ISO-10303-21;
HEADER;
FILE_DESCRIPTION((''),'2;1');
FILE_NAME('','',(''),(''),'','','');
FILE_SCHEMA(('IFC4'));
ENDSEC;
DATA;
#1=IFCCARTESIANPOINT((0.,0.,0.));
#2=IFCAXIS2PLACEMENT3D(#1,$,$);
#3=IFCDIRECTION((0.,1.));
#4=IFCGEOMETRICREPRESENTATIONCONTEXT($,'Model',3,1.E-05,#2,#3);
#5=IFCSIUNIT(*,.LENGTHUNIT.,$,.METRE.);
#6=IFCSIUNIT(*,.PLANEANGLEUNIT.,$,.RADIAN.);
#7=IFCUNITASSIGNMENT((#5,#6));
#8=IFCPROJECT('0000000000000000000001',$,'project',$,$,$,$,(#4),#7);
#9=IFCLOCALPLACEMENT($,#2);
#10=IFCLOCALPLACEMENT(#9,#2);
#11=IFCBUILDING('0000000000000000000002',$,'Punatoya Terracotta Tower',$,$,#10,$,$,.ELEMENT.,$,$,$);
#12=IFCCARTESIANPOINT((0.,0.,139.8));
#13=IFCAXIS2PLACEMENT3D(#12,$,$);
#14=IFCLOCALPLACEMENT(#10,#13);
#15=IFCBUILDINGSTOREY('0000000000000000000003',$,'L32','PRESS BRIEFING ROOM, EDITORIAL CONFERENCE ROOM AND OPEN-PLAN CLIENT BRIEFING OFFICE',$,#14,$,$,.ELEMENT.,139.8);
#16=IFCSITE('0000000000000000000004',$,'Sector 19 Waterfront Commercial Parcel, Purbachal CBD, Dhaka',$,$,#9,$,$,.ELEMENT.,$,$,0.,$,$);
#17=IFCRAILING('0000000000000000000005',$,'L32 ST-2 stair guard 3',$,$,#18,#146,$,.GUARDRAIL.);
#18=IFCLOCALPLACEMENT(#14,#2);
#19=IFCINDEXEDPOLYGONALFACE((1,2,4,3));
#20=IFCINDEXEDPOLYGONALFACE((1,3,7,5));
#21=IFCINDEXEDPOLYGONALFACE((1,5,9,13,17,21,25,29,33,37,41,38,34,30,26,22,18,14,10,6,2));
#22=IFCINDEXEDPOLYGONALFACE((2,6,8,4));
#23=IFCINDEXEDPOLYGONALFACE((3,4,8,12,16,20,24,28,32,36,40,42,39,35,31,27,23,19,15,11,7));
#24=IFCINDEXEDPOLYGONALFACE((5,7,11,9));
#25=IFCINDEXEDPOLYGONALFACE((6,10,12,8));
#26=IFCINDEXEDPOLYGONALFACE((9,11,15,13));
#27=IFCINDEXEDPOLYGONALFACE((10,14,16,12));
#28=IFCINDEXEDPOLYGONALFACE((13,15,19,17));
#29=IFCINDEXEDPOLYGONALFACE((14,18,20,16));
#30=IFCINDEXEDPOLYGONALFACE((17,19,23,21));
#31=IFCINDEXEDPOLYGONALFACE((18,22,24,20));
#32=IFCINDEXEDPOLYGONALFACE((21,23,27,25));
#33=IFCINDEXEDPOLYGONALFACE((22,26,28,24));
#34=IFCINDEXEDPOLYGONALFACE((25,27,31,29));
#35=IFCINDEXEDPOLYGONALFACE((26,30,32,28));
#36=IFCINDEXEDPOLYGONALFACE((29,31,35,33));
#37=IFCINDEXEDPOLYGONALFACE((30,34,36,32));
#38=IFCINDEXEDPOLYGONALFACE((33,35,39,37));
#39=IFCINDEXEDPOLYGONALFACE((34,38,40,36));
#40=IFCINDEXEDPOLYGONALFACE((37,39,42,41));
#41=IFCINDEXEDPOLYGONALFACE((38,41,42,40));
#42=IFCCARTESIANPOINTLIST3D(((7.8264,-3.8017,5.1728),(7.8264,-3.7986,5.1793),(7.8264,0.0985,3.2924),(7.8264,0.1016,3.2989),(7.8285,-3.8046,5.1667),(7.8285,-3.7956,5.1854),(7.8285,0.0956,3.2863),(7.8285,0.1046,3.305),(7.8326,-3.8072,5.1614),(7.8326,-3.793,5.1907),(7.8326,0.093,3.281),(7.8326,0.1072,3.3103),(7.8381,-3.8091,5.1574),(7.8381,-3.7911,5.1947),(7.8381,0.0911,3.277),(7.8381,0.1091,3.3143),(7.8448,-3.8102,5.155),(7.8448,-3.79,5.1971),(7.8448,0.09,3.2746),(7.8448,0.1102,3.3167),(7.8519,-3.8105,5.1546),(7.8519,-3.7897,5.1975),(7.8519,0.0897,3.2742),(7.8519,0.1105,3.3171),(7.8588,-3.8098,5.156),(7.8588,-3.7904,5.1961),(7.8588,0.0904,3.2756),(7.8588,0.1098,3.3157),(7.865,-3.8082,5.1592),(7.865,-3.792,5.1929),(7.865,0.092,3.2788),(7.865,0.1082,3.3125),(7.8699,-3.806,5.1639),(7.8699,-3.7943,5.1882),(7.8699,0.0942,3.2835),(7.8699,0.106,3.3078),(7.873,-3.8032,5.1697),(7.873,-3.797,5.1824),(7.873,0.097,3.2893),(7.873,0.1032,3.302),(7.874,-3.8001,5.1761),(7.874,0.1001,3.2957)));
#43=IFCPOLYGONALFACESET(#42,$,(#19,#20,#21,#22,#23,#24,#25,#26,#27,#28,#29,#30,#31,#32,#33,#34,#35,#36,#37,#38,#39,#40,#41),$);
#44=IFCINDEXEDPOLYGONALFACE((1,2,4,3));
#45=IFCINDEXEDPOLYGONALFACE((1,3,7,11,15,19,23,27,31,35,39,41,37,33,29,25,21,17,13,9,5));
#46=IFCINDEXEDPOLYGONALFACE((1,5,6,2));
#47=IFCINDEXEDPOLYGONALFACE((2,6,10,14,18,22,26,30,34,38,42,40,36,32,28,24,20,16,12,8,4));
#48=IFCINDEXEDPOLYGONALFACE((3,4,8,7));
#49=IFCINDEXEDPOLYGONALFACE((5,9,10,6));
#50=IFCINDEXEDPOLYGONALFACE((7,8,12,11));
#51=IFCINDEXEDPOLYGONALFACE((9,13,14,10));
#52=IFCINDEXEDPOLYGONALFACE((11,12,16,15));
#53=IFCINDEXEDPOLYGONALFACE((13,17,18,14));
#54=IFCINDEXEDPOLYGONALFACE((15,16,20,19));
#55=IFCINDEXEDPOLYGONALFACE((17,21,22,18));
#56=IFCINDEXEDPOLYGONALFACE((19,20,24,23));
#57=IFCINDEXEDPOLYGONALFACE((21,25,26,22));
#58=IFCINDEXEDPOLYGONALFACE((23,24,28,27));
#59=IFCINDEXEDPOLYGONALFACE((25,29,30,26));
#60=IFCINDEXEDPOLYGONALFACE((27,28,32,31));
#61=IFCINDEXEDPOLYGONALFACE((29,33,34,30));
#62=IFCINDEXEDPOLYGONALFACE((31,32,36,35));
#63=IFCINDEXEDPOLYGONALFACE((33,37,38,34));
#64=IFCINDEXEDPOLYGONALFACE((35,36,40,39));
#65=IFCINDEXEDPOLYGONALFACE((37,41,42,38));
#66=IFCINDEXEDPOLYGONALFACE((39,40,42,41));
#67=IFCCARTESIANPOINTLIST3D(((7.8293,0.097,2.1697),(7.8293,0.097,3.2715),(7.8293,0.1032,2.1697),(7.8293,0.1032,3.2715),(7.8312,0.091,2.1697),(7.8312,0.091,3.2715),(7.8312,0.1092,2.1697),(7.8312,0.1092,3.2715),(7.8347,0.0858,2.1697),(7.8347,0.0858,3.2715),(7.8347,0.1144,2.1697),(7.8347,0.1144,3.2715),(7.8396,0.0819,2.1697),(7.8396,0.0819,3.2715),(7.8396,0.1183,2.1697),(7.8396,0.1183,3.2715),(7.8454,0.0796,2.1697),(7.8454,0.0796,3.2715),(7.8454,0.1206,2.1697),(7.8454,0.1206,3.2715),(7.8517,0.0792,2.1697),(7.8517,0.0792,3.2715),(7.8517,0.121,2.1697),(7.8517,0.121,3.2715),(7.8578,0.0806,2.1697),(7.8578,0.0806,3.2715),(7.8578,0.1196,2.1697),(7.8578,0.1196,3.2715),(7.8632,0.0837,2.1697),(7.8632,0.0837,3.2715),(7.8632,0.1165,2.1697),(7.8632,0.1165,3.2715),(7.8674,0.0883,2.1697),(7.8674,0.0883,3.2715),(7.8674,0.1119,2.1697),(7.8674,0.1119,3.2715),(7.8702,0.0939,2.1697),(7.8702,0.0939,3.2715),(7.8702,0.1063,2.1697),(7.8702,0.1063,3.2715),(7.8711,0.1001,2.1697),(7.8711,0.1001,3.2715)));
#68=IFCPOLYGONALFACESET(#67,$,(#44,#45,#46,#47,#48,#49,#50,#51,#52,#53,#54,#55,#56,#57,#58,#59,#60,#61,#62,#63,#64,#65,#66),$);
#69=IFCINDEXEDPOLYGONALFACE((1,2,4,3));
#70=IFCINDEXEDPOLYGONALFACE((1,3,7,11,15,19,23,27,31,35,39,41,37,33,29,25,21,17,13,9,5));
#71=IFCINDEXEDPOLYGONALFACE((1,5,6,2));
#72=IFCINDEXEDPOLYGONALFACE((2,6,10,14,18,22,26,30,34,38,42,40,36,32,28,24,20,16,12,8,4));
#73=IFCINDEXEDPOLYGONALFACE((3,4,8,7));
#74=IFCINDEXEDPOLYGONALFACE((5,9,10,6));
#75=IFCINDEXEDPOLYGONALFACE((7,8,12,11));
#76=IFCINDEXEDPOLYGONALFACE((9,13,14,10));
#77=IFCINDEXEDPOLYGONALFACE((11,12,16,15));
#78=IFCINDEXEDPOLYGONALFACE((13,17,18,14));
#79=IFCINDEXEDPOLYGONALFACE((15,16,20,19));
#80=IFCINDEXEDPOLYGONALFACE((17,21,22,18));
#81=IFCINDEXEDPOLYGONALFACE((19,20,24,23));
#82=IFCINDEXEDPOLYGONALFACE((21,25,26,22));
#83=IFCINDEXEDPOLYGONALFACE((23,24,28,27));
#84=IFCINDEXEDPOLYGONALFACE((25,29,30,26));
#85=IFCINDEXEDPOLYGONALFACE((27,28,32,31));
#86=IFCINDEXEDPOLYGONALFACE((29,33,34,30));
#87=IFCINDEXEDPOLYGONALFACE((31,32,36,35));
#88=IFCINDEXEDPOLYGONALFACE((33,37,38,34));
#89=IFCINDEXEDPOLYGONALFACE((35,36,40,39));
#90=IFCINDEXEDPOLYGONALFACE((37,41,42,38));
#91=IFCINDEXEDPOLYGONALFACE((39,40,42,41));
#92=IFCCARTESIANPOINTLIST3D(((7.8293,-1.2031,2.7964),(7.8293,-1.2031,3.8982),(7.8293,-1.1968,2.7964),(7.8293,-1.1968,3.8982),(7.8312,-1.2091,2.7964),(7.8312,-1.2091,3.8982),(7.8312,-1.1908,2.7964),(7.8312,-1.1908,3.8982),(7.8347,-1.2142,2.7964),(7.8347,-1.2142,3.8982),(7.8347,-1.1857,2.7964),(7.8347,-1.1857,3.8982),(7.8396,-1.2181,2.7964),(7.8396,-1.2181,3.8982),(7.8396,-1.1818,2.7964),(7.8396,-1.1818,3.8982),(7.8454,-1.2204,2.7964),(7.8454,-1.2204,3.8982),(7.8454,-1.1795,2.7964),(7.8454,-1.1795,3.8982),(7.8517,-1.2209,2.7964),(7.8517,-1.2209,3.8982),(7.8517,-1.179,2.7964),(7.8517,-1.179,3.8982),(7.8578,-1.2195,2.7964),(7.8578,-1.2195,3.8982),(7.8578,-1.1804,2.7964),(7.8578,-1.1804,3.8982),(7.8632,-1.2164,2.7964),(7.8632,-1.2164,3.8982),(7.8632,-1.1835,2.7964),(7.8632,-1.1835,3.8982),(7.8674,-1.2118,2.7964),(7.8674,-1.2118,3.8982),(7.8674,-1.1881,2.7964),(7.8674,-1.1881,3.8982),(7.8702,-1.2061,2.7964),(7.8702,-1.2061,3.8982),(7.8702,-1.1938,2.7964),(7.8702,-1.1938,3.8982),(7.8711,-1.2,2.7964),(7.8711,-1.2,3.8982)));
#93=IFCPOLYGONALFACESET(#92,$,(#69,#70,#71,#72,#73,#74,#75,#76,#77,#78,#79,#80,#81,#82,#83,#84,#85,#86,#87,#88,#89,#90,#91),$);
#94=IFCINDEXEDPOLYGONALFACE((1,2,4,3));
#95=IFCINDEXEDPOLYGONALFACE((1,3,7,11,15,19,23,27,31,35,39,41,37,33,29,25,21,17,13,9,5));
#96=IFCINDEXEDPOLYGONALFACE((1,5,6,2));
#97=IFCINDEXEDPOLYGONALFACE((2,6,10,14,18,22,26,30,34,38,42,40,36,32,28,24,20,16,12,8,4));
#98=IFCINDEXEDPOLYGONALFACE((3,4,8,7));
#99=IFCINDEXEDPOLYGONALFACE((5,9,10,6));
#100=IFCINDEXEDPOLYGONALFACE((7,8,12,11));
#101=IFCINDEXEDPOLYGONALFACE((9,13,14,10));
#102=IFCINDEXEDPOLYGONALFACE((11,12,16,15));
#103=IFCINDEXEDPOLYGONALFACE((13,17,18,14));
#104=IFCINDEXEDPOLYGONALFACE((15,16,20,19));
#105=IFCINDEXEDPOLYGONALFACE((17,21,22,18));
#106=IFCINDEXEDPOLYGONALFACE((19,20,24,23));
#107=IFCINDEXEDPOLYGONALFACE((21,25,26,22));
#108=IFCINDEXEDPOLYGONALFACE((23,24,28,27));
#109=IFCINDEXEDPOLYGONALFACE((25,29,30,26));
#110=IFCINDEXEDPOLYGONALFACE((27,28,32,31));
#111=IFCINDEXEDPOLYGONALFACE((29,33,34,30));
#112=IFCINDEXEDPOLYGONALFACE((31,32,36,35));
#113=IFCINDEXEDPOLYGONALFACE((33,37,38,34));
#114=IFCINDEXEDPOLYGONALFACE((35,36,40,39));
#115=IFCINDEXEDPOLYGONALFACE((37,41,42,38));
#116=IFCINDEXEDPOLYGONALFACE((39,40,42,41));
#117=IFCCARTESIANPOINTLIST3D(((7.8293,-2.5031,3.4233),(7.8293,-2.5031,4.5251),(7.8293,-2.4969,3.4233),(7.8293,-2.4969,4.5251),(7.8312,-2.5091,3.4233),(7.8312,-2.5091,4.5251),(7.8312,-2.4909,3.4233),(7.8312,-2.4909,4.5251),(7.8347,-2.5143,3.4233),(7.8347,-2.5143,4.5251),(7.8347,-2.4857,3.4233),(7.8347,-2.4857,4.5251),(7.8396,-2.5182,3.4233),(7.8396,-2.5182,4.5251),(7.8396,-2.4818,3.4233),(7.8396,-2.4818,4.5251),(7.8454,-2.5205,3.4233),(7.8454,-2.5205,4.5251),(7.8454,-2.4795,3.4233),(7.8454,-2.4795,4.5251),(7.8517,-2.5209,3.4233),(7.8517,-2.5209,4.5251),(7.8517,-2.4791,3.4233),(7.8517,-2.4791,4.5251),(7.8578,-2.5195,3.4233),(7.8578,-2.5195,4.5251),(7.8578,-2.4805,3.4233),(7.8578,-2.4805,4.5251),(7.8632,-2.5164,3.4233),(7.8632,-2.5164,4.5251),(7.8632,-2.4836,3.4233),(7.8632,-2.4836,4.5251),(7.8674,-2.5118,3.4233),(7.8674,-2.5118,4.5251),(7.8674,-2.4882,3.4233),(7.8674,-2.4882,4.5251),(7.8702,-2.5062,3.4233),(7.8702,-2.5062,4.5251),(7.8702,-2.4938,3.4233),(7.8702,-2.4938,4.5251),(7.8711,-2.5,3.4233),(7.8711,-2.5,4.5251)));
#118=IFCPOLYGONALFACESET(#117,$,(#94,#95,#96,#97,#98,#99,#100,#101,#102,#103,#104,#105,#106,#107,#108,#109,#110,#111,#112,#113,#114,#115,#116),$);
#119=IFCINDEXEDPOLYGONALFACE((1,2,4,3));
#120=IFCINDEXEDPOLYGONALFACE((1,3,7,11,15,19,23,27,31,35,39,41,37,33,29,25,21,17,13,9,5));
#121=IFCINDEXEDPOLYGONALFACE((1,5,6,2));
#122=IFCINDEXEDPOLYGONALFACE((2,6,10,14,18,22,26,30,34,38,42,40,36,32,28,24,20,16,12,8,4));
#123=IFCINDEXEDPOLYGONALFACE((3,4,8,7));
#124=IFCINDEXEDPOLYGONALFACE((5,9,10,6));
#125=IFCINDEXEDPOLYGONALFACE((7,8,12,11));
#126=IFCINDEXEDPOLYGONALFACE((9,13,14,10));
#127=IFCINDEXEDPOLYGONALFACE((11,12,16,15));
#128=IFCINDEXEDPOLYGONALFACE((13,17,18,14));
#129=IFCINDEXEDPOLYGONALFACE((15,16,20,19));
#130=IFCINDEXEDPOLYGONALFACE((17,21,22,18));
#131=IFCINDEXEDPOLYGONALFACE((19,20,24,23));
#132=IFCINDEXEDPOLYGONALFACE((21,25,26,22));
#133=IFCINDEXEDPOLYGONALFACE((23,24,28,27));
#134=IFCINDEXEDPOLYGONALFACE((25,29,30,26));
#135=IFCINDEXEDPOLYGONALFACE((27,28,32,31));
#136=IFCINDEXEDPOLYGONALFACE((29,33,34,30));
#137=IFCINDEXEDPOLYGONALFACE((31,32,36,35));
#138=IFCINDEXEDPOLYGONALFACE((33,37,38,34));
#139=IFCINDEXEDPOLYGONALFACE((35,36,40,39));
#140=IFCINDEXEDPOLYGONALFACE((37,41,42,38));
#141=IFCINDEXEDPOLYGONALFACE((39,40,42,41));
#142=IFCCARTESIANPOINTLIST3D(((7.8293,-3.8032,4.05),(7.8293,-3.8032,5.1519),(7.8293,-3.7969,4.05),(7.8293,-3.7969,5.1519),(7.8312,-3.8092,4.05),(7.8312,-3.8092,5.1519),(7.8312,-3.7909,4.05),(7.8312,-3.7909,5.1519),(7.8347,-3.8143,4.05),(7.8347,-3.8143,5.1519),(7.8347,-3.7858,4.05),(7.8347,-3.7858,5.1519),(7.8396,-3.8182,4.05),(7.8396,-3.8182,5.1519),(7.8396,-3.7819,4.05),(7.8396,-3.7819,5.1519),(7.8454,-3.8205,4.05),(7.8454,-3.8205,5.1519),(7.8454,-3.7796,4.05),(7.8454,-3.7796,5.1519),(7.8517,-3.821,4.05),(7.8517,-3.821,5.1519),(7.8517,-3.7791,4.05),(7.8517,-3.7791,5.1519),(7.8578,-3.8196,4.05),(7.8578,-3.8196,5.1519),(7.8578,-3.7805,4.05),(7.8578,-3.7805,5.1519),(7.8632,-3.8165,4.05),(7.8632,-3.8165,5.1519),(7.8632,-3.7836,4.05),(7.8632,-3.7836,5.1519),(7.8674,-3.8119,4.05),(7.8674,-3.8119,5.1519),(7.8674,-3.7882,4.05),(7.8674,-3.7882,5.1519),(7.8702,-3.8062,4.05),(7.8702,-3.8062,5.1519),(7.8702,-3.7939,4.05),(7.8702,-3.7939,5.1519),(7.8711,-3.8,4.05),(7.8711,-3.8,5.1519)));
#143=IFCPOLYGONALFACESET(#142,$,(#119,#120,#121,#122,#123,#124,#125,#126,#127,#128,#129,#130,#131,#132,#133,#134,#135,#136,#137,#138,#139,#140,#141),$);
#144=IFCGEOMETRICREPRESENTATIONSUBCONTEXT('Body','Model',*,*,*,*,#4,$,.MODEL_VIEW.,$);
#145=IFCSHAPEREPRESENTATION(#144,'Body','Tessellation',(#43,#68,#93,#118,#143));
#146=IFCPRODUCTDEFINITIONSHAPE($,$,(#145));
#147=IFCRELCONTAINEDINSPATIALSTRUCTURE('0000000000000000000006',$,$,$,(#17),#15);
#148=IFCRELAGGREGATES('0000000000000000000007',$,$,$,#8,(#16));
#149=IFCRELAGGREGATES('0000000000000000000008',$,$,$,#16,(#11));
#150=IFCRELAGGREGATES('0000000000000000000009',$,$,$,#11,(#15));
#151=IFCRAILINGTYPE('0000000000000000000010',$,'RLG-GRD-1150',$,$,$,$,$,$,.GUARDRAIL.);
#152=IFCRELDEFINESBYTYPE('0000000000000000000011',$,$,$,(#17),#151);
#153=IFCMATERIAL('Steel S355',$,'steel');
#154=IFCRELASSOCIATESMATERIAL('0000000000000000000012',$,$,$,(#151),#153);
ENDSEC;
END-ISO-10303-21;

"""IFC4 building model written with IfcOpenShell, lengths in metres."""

from ifc_helpers import new_model, si_unit, direction, frame, origin, origin_2d, place, context, subcontext, project, spatial, circle, extrude, material, type_object, element, save


model = new_model("IFC4")

# Units and contexts
model_context = context("Model", 3, precision=1e-05, world=origin(), true_north=direction((0.0, 1.0)))
body_context = subcontext(model_context, "Body", "Model", "MODEL_VIEW")
ifc_project = project(units=[si_unit("LENGTHUNIT", "METRE"), si_unit("PLANEANGLEUNIT", "RADIAN")], contexts=[model_context])

# Site, building, storey
site_placement = place(None, origin())
site = spatial("IfcSite", under=ifc_project, at=site_placement, Name="Sector 19 Waterfront Commercial Parcel, Purbachal CBD, Dhaka", CompositionType="ELEMENT", RefElevation=0.0)
building_placement = place(site_placement, origin())
building = spatial("IfcBuilding", under=site, at=building_placement, Name="Punatoya Terracotta Tower", CompositionType="ELEMENT")
storey_placement = place(building_placement, frame((0.0, 0.0, 139.8)))
storey = spatial("IfcBuildingStorey", under=building, at=storey_placement, Name="L32", Description="PRESS BRIEFING ROOM, EDITORIAL CONFERENCE ROOM AND OPEN-PLAN CLIENT BRIEFING OFFICE", CompositionType="ELEMENT", Elevation=139.8)

# Shared definitions
ifc_material_1 = material(Name="Steel S355", Category="steel")

# Railing
railing_type = type_object("IfcRailingType", Name="RLG-GRD-1150", PredefinedType="GUARDRAIL", material=ifc_material_1)
railing_1_placement = place(storey_placement, frame((7.8501, 0.1001, 2.1697)))
element("IfcRailing", 1, at=railing_1_placement, inside=storey, type_object=railing_type, Name="L32 ST-2 stair guard 3", PredefinedType="GUARDRAIL", context=body_context, shape_type="SweptSolid", body=[
    extrude(circle(Radius=0.0239, at=origin_2d()), frame((0.0, 0.0, 1.126), z_axis=(0.0, -0.900774, 0.434289), x_axis=(1.0, 0.0, 0.0)), (0.0, 0.0, 1.0), 4.3298),
    extrude(circle(Radius=0.021, at=origin_2d()), origin(), (0.0, 0.0, 1.0), 1.1018),
    extrude(circle(Radius=0.021, at=origin_2d()), frame((0.0, -1.3, 0.6267)), (0.0, 0.0, 1.0), 1.1018),
    extrude(circle(Radius=0.021, at=origin_2d()), frame((0.0, -2.6001, 1.2537)), (0.0, 0.0, 1.0), 1.1018),
    extrude(circle(Radius=0.021, at=origin_2d()), frame((0.0, -3.9001, 1.8804)), (0.0, 0.0, 1.0), 1.1018),
])

save(model, "model.ifc")
